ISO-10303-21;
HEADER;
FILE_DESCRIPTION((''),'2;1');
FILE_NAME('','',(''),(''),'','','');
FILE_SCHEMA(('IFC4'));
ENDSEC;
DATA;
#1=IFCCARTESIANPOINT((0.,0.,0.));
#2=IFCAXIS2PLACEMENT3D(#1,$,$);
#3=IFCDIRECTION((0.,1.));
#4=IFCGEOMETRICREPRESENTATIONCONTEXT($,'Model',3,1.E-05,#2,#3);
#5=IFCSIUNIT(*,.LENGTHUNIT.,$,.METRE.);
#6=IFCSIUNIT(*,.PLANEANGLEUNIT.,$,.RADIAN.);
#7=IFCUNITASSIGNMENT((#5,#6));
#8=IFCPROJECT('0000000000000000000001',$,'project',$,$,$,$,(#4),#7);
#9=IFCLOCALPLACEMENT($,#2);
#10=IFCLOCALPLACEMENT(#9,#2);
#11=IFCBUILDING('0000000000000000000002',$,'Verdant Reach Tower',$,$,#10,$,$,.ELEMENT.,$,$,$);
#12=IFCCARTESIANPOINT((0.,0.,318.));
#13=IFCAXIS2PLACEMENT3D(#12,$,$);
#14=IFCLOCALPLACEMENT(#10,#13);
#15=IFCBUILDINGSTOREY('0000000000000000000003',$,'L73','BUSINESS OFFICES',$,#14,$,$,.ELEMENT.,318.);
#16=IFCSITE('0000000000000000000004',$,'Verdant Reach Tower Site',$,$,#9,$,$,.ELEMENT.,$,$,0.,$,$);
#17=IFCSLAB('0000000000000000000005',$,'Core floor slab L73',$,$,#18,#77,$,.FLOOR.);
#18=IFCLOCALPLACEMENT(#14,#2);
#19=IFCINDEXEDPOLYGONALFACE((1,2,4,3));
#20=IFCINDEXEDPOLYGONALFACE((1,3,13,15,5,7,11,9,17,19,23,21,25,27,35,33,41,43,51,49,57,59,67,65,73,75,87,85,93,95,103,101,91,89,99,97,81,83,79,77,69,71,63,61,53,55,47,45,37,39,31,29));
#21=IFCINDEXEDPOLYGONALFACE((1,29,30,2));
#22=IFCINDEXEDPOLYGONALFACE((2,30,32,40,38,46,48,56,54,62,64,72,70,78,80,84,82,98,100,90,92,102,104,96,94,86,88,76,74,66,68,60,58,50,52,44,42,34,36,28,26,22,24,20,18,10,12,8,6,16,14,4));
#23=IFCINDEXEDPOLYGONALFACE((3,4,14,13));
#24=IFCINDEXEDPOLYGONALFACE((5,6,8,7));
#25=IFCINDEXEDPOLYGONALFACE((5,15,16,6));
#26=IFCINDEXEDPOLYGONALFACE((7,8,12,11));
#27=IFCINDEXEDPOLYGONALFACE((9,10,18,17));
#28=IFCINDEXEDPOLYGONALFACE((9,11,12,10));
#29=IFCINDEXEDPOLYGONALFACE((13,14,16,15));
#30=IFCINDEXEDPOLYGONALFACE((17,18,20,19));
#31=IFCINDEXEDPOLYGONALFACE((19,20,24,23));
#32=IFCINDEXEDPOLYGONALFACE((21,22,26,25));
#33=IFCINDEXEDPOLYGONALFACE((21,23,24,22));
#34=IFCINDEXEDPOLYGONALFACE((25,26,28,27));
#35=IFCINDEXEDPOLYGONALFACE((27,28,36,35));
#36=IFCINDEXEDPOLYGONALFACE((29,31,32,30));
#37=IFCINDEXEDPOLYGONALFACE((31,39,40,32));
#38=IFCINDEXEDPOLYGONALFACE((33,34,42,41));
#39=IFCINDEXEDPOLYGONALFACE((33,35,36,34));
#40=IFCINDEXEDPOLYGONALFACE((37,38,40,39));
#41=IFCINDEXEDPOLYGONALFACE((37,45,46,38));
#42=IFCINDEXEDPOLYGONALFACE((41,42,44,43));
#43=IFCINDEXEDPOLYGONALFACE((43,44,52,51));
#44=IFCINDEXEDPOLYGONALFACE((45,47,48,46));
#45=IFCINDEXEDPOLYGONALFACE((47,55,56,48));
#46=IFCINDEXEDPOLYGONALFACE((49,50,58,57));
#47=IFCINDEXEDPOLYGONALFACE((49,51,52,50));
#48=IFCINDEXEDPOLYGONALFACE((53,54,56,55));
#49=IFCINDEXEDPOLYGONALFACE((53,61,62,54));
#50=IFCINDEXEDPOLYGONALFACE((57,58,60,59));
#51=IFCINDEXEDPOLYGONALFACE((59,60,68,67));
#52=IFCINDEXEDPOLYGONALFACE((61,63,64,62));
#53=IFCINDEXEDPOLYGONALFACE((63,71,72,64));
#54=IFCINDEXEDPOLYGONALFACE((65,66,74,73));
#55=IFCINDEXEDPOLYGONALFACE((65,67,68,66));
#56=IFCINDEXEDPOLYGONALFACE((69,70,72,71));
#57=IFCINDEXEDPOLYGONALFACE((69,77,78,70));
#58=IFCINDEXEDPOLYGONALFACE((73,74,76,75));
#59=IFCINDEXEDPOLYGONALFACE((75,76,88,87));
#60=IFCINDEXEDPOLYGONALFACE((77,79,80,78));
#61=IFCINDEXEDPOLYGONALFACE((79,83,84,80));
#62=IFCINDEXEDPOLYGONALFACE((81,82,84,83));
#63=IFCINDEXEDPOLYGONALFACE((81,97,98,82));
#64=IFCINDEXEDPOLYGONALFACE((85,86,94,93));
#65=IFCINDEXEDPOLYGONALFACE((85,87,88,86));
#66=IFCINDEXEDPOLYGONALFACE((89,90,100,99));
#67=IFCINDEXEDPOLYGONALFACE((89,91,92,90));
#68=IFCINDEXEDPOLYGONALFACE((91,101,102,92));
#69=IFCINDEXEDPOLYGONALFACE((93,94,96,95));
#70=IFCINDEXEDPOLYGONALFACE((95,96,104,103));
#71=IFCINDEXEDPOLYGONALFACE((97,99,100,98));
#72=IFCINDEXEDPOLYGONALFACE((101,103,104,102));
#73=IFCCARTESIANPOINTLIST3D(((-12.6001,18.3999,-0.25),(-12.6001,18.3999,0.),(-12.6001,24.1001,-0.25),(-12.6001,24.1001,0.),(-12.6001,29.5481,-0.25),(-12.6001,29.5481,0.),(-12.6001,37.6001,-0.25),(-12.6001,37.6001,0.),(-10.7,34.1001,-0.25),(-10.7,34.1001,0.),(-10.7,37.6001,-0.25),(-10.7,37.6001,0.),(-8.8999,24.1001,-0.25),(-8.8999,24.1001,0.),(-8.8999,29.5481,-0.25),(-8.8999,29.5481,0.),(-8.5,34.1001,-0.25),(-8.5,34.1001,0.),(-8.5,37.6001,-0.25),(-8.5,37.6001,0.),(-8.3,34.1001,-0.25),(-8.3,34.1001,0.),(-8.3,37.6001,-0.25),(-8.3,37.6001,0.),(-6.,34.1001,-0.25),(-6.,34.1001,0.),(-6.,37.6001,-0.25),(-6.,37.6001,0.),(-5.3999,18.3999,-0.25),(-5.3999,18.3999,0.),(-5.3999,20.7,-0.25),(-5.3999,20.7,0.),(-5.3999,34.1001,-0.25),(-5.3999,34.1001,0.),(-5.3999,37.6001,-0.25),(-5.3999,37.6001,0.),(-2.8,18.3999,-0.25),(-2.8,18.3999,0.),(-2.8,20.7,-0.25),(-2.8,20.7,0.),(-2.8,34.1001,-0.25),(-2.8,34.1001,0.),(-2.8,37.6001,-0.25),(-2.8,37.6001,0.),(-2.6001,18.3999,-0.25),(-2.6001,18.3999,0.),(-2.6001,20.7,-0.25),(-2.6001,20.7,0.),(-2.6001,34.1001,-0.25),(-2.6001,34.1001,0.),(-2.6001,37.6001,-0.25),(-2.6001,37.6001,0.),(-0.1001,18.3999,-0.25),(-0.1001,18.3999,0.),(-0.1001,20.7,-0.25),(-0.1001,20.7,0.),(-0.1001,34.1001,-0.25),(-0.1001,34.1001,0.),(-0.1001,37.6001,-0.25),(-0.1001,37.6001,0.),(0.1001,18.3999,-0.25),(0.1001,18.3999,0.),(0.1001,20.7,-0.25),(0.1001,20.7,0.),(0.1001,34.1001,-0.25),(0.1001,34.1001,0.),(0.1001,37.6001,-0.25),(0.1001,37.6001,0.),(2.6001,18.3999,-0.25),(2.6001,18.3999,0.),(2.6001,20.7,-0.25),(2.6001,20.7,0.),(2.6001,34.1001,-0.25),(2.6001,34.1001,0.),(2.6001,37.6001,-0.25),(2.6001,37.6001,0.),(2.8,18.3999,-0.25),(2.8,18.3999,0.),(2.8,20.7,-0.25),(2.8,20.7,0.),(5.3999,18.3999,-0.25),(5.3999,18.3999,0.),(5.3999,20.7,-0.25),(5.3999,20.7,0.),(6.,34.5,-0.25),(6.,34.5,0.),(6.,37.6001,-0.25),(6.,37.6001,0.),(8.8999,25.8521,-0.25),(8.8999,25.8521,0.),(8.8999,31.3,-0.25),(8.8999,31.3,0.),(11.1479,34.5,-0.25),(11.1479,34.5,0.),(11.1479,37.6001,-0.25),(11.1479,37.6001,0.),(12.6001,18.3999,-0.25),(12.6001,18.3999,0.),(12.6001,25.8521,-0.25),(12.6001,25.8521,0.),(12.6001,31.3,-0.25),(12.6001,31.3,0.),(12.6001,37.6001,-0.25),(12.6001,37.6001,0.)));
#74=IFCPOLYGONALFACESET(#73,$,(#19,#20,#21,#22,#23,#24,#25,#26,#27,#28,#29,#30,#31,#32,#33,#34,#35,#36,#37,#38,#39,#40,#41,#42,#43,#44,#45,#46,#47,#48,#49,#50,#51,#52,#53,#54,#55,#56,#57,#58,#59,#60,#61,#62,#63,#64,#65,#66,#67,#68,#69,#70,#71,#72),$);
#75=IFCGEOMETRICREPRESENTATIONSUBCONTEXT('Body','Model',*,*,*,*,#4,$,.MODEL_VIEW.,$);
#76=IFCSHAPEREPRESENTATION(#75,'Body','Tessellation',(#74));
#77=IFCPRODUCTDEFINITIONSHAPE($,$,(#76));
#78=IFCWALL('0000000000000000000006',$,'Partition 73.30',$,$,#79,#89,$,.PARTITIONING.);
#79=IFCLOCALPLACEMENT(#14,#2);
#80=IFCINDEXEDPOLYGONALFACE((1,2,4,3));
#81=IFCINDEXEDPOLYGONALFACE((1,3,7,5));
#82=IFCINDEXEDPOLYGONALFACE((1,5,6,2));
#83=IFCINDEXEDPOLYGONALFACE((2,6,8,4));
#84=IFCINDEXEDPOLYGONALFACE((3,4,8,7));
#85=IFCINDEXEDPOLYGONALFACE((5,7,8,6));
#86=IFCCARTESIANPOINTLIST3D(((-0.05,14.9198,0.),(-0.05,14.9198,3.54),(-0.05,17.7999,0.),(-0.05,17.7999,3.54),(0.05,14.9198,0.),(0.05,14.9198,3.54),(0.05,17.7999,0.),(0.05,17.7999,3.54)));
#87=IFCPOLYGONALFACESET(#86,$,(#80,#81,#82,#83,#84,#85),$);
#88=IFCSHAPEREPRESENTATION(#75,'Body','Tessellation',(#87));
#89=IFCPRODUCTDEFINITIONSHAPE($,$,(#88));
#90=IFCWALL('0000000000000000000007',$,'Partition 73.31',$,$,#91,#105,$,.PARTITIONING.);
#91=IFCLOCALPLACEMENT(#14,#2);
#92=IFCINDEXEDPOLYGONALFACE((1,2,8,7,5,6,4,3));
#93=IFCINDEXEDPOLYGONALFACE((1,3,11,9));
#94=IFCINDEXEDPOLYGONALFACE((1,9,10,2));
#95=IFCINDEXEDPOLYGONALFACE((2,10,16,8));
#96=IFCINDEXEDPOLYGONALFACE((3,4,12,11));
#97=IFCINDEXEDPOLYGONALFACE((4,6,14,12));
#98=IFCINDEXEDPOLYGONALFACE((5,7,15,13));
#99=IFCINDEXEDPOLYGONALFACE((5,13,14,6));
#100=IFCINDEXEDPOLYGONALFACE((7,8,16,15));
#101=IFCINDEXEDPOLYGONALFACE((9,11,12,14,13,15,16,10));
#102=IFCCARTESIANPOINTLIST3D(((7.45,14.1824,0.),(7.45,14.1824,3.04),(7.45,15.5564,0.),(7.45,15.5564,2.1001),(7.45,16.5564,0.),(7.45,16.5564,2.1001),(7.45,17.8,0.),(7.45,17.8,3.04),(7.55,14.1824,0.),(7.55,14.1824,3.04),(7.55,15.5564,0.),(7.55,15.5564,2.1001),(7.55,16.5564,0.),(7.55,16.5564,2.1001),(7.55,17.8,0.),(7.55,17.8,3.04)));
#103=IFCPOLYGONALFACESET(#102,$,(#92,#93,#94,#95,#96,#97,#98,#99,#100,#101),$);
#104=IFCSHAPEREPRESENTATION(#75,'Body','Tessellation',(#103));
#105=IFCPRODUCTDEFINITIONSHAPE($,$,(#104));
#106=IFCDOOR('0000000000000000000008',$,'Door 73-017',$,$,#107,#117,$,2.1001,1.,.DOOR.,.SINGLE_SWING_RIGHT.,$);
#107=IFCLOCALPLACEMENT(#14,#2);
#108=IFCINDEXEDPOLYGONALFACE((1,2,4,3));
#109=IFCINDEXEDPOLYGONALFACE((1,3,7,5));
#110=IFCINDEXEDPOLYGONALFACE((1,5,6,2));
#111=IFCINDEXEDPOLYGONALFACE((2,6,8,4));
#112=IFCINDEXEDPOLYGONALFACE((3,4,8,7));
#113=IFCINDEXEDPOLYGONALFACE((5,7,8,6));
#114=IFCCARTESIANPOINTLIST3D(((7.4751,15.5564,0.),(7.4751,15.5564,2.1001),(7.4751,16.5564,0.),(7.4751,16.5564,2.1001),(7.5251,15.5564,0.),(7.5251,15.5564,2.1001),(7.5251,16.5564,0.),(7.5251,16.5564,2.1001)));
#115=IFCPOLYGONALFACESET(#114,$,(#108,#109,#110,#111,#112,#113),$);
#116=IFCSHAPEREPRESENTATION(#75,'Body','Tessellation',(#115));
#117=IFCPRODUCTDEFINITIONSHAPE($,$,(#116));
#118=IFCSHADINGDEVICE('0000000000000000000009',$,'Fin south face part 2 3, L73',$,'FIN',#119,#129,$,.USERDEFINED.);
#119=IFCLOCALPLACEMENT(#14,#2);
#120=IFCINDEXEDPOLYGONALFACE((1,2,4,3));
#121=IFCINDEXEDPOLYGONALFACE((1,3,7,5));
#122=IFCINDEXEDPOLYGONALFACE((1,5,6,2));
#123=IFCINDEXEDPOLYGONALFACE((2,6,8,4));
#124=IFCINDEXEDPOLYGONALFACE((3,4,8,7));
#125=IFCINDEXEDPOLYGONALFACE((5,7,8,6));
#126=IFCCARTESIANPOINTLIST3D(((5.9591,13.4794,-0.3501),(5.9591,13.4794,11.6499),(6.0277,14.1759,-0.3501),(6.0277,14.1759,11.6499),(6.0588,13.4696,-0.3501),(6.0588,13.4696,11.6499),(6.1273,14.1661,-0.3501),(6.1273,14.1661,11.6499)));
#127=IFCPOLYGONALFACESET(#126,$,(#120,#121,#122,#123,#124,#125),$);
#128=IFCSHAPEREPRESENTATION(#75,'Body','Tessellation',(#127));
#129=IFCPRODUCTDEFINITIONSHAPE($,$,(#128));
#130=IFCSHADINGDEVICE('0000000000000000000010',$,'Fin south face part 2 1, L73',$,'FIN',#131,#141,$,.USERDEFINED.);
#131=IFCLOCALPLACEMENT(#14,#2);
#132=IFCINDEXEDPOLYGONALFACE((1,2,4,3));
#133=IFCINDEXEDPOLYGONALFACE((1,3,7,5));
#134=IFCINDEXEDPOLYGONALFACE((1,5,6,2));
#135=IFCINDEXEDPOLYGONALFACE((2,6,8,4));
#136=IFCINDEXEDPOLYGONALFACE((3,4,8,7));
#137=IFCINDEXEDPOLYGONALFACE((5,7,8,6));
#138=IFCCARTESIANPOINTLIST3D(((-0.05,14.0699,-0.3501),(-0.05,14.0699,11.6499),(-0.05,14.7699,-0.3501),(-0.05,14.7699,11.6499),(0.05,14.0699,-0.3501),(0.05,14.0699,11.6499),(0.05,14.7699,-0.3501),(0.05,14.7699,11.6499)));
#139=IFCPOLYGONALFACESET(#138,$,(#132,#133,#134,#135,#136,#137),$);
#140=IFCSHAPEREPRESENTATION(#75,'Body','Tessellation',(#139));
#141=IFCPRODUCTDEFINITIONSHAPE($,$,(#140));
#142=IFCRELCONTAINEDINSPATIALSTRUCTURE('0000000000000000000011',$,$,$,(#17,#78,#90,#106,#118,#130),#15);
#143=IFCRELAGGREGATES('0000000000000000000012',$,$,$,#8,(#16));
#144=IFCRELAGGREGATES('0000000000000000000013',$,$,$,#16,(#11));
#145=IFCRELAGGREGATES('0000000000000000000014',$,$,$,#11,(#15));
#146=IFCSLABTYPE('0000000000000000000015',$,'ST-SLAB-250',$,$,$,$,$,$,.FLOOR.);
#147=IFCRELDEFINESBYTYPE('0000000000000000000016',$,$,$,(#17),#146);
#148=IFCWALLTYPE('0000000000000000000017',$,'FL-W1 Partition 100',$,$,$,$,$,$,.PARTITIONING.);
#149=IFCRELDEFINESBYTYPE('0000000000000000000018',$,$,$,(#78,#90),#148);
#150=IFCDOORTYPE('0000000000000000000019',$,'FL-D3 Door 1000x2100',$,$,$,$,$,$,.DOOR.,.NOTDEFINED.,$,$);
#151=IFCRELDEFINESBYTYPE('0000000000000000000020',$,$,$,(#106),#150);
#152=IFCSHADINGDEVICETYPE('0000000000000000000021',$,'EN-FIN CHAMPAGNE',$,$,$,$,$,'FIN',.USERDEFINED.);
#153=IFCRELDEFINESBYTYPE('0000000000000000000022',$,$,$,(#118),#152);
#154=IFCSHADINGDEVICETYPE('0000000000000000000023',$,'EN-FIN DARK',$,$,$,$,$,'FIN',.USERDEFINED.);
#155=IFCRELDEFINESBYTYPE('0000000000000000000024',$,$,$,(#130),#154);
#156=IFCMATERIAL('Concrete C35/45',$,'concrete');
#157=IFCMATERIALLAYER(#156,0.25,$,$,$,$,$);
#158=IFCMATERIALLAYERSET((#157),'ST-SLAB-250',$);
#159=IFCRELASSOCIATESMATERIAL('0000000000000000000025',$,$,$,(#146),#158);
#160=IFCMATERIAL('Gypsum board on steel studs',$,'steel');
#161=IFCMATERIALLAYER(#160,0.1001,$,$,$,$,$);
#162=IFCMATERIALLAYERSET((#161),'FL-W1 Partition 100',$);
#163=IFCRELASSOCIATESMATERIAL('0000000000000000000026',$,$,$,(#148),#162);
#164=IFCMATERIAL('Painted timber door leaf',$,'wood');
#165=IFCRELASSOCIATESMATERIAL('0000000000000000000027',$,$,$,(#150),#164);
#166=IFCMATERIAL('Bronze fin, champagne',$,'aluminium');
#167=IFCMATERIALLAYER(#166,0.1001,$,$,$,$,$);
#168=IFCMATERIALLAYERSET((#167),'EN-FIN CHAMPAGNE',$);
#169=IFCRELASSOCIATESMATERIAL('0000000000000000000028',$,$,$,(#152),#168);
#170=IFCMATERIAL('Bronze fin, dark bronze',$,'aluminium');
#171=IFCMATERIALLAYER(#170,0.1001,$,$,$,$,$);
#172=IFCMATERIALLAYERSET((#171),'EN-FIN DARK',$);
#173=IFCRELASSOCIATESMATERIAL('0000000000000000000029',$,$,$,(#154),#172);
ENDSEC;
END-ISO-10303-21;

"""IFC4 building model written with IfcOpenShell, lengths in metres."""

from ifc_helpers import new_model, si_unit, direction, frame, frame_2d, origin, origin_2d, place, context, subcontext, project, spatial, polyline, rectangle, outline, extrude, material, layer, layer_set, type_object, element, fill, save


model = new_model("IFC4")

# Units and contexts
model_context = context("Model", 3, precision=1e-05, world=origin(), true_north=direction((0.0, 1.0)))
body_context = subcontext(model_context, "Body", "Model", "MODEL_VIEW")
ifc_project = project(units=[si_unit("LENGTHUNIT", "METRE"), si_unit("PLANEANGLEUNIT", "RADIAN")], contexts=[model_context])

# Site, building, storey
site_placement = place(None, origin())
site = spatial("IfcSite", under=ifc_project, at=site_placement, Name="Verdant Reach Tower Site", CompositionType="ELEMENT", RefElevation=0.0)
building_placement = place(site_placement, origin())
building = spatial("IfcBuilding", under=site, at=building_placement, Name="Verdant Reach Tower", CompositionType="ELEMENT")
storey_placement = place(building_placement, frame((0.0, 0.0, 318.0)))
storey = spatial("IfcBuildingStorey", under=building, at=storey_placement, Name="L73", Description="BUSINESS OFFICES", CompositionType="ELEMENT", Elevation=318.0)

# Slab
ifc_material_1 = material(Name="Concrete C35/45", Category="concrete")
ifc_layer_1 = layer(ifc_material_1, 0.25)
ifc_layer_set_1 = layer_set([ifc_layer_1], Name="ST-SLAB-250")
slab_type_1 = type_object("IfcSlabType", Name="ST-SLAB-250", PredefinedType="FLOOR", material=ifc_layer_set_1)
slab_1_placement = place(storey_placement, frame((0.0, 0.0, -0.25)))
element("IfcSlab", 1, at=slab_1_placement, inside=storey, type_object=slab_type_1, Name="Core floor slab L73", PredefinedType="FLOOR", context=body_context, shape_type="SweptSolid", body=[
    extrude(outline(polyline([(12.6001, 18.3999), (5.3999, 18.3999), (5.3999, 20.7), (2.8, 20.7), (2.8, 18.3999), (2.6001, 18.3999), (2.6001, 20.7), (0.1001, 20.7), (0.1001, 18.3999), (-0.1001, 18.3999), (-0.1001, 20.7), (-2.6001, 20.7), (-2.6001, 18.3999), (-2.8, 18.3999), (-2.8, 20.7), (-5.3999, 20.7), (-5.3999, 18.3999), (-12.6001, 18.3999), (-12.6001, 24.1001), (-8.8999, 24.1001), (-8.8999, 29.5481), (-12.6001, 29.5481), (-12.6001, 37.6001), (-10.7, 37.6001), (-10.7, 34.1001), (-8.5, 34.1001), (-8.5, 37.6001), (-8.3, 37.6001), (-8.3, 34.1001), (-6.0, 34.1001), (-6.0, 37.6001), (-5.3999, 37.6001), (-5.3999, 34.1001), (-2.8, 34.1001), (-2.8, 37.6001), (-2.6001, 37.6001), (-2.6001, 34.1001), (-0.1001, 34.1001), (-0.1001, 37.6001), (0.1001, 37.6001), (0.1001, 34.1001), (2.6001, 34.1001), (2.6001, 37.6001), (6.0, 37.6001), (6.0, 34.5), (11.1479, 34.5), (11.1479, 37.6001), (12.6001, 37.6001), (12.6001, 31.3), (8.8999, 31.3), (8.8999, 25.8521), (12.6001, 25.8521), (12.6001, 18.3999)])), origin(), (0.0, 0.0, 1.0), 0.25),
])

# Wall
ifc_material_2 = material(Name="Gypsum board on steel studs", Category="steel")
ifc_layer_2 = layer(ifc_material_2, 0.1001)
ifc_layer_set_2 = layer_set([ifc_layer_2], Name="FL-W1 Partition 100")
wall_type = type_object("IfcWallType", Name="FL-W1 Partition 100", PredefinedType="PARTITIONING", material=ifc_layer_set_2)
wall_1_placement = place(storey_placement, frame((0.0, 14.9199, 0.0), z_axis=(0.0, 0.0, 1.0), x_axis=(0.0, 1.0, 0.0)))
element("IfcWall", 2, at=wall_1_placement, inside=storey, type_object=wall_type, Name="Partition 73.30", PredefinedType="PARTITIONING", context=body_context, shape_type="SweptSolid", body=[
    extrude(rectangle(XDim=2.8801, YDim=0.1001, at=frame_2d((1.4399, 0.0))), origin(), (0.0, 0.0, 1.0), 3.54),
])

# Wall, opening, door
wall_2_placement = place(storey_placement, frame((7.5, 14.1824, 0.0), z_axis=(0.0, 0.0, 1.0), x_axis=(0.0, 1.0, 0.0)))
wall_2 = element("IfcWall", 3, at=wall_2_placement, inside=storey, type_object=wall_type, Name="Partition 73.31", PredefinedType="PARTITIONING", context=body_context, shape_type="SweptSolid", body=[
    extrude(rectangle(XDim=3.6177, YDim=0.1001, at=frame_2d((1.8088, 0.0))), origin(), (0.0, 0.0, 1.0), 3.04),
])
opening_placement = place(wall_2_placement, frame((1.374, 0.0, 0.0)))
opening = element("IfcOpeningElement", 4, at=opening_placement, cuts=wall_2, PredefinedType="OPENING", context=body_context, shape_type="SweptSolid", body=[
    extrude(rectangle(XDim=1.0, YDim=2.1001, at=frame_2d((0.5, 1.05))), frame((0.0, 0.0601, 0.0), z_axis=(0.0, -1.0, 0.0), x_axis=(1.0, 0.0, 0.0)), (0.0, 0.0, 1.0), 0.1201),
])
ifc_material_3 = material(Name="Painted timber door leaf", Category="wood")
door_type = type_object("IfcDoorType", Name="FL-D3 Door 1000x2100", OperationType="NOTDEFINED", PredefinedType="DOOR", material=ifc_material_3)
door_placement = place(opening_placement, origin())
door = element("IfcDoor", 5, at=door_placement, inside=storey, type_object=door_type, Name="Door 73-017", OperationType="SINGLE_SWING_RIGHT", OverallHeight=2.1001, OverallWidth=1.0, PredefinedType="DOOR", context=body_context, shape_type="SweptSolid", body=[
    extrude(rectangle(XDim=1.0, YDim=2.1001, at=frame_2d((0.5, 1.05))), frame((0.0, 0.0249, 0.0), z_axis=(0.0, -1.0, 0.0), x_axis=(1.0, 0.0, 0.0)), (0.0, 0.0, 1.0), 0.05),
])
fill(opening, door)

# Shading devices
ifc_material_4 = material(Name="Bronze fin, champagne", Category="aluminium")
ifc_layer_3 = layer(ifc_material_4, 0.1001)
ifc_layer_set_3 = layer_set([ifc_layer_3], Name="EN-FIN CHAMPAGNE")
shading_device_type_1 = type_object("IfcShadingDeviceType", Name="EN-FIN CHAMPAGNE", ElementType="FIN", PredefinedType="USERDEFINED", material=ifc_layer_set_3)
shading_device_1_placement = place(storey_placement, frame((6.0432, 13.8228, -0.3501), z_axis=(0.0, 0.0, 1.0), x_axis=(0.995197, -0.097888, 0.0)))
element("IfcShadingDevice", 6, at=shading_device_1_placement, inside=storey, type_object=shading_device_type_1, Name="Fin south face part 2 3, L73", ObjectType="FIN", PredefinedType="USERDEFINED", context=body_context, shape_type="SweptSolid", body=[
    extrude(rectangle(XDim=0.1001, YDim=0.7, at=origin_2d()), origin(), (0.0, 0.0, 1.0), 12.0),
])
ifc_material_5 = material(Name="Bronze fin, dark bronze", Category="aluminium")
ifc_layer_4 = layer(ifc_material_5, 0.1001)
ifc_layer_set_4 = layer_set([ifc_layer_4], Name="EN-FIN DARK")
shading_device_type_2 = type_object("IfcShadingDeviceType", Name="EN-FIN DARK", ElementType="FIN", PredefinedType="USERDEFINED", material=ifc_layer_set_4)
shading_device_2_placement = place(storey_placement, frame((0.0, 14.4199, -0.3501), z_axis=(0.0, 0.0, 1.0), x_axis=(1.0, 0.0, 0.0)))
element("IfcShadingDevice", 7, at=shading_device_2_placement, inside=storey, type_object=shading_device_type_2, Name="Fin south face part 2 1, L73", ObjectType="FIN", PredefinedType="USERDEFINED", context=body_context, shape_type="SweptSolid", body=[
    extrude(rectangle(XDim=0.1001, YDim=0.7, at=origin_2d()), origin(), (0.0, 0.0, 1.0), 12.0),
])

save(model, "model.ifc")
